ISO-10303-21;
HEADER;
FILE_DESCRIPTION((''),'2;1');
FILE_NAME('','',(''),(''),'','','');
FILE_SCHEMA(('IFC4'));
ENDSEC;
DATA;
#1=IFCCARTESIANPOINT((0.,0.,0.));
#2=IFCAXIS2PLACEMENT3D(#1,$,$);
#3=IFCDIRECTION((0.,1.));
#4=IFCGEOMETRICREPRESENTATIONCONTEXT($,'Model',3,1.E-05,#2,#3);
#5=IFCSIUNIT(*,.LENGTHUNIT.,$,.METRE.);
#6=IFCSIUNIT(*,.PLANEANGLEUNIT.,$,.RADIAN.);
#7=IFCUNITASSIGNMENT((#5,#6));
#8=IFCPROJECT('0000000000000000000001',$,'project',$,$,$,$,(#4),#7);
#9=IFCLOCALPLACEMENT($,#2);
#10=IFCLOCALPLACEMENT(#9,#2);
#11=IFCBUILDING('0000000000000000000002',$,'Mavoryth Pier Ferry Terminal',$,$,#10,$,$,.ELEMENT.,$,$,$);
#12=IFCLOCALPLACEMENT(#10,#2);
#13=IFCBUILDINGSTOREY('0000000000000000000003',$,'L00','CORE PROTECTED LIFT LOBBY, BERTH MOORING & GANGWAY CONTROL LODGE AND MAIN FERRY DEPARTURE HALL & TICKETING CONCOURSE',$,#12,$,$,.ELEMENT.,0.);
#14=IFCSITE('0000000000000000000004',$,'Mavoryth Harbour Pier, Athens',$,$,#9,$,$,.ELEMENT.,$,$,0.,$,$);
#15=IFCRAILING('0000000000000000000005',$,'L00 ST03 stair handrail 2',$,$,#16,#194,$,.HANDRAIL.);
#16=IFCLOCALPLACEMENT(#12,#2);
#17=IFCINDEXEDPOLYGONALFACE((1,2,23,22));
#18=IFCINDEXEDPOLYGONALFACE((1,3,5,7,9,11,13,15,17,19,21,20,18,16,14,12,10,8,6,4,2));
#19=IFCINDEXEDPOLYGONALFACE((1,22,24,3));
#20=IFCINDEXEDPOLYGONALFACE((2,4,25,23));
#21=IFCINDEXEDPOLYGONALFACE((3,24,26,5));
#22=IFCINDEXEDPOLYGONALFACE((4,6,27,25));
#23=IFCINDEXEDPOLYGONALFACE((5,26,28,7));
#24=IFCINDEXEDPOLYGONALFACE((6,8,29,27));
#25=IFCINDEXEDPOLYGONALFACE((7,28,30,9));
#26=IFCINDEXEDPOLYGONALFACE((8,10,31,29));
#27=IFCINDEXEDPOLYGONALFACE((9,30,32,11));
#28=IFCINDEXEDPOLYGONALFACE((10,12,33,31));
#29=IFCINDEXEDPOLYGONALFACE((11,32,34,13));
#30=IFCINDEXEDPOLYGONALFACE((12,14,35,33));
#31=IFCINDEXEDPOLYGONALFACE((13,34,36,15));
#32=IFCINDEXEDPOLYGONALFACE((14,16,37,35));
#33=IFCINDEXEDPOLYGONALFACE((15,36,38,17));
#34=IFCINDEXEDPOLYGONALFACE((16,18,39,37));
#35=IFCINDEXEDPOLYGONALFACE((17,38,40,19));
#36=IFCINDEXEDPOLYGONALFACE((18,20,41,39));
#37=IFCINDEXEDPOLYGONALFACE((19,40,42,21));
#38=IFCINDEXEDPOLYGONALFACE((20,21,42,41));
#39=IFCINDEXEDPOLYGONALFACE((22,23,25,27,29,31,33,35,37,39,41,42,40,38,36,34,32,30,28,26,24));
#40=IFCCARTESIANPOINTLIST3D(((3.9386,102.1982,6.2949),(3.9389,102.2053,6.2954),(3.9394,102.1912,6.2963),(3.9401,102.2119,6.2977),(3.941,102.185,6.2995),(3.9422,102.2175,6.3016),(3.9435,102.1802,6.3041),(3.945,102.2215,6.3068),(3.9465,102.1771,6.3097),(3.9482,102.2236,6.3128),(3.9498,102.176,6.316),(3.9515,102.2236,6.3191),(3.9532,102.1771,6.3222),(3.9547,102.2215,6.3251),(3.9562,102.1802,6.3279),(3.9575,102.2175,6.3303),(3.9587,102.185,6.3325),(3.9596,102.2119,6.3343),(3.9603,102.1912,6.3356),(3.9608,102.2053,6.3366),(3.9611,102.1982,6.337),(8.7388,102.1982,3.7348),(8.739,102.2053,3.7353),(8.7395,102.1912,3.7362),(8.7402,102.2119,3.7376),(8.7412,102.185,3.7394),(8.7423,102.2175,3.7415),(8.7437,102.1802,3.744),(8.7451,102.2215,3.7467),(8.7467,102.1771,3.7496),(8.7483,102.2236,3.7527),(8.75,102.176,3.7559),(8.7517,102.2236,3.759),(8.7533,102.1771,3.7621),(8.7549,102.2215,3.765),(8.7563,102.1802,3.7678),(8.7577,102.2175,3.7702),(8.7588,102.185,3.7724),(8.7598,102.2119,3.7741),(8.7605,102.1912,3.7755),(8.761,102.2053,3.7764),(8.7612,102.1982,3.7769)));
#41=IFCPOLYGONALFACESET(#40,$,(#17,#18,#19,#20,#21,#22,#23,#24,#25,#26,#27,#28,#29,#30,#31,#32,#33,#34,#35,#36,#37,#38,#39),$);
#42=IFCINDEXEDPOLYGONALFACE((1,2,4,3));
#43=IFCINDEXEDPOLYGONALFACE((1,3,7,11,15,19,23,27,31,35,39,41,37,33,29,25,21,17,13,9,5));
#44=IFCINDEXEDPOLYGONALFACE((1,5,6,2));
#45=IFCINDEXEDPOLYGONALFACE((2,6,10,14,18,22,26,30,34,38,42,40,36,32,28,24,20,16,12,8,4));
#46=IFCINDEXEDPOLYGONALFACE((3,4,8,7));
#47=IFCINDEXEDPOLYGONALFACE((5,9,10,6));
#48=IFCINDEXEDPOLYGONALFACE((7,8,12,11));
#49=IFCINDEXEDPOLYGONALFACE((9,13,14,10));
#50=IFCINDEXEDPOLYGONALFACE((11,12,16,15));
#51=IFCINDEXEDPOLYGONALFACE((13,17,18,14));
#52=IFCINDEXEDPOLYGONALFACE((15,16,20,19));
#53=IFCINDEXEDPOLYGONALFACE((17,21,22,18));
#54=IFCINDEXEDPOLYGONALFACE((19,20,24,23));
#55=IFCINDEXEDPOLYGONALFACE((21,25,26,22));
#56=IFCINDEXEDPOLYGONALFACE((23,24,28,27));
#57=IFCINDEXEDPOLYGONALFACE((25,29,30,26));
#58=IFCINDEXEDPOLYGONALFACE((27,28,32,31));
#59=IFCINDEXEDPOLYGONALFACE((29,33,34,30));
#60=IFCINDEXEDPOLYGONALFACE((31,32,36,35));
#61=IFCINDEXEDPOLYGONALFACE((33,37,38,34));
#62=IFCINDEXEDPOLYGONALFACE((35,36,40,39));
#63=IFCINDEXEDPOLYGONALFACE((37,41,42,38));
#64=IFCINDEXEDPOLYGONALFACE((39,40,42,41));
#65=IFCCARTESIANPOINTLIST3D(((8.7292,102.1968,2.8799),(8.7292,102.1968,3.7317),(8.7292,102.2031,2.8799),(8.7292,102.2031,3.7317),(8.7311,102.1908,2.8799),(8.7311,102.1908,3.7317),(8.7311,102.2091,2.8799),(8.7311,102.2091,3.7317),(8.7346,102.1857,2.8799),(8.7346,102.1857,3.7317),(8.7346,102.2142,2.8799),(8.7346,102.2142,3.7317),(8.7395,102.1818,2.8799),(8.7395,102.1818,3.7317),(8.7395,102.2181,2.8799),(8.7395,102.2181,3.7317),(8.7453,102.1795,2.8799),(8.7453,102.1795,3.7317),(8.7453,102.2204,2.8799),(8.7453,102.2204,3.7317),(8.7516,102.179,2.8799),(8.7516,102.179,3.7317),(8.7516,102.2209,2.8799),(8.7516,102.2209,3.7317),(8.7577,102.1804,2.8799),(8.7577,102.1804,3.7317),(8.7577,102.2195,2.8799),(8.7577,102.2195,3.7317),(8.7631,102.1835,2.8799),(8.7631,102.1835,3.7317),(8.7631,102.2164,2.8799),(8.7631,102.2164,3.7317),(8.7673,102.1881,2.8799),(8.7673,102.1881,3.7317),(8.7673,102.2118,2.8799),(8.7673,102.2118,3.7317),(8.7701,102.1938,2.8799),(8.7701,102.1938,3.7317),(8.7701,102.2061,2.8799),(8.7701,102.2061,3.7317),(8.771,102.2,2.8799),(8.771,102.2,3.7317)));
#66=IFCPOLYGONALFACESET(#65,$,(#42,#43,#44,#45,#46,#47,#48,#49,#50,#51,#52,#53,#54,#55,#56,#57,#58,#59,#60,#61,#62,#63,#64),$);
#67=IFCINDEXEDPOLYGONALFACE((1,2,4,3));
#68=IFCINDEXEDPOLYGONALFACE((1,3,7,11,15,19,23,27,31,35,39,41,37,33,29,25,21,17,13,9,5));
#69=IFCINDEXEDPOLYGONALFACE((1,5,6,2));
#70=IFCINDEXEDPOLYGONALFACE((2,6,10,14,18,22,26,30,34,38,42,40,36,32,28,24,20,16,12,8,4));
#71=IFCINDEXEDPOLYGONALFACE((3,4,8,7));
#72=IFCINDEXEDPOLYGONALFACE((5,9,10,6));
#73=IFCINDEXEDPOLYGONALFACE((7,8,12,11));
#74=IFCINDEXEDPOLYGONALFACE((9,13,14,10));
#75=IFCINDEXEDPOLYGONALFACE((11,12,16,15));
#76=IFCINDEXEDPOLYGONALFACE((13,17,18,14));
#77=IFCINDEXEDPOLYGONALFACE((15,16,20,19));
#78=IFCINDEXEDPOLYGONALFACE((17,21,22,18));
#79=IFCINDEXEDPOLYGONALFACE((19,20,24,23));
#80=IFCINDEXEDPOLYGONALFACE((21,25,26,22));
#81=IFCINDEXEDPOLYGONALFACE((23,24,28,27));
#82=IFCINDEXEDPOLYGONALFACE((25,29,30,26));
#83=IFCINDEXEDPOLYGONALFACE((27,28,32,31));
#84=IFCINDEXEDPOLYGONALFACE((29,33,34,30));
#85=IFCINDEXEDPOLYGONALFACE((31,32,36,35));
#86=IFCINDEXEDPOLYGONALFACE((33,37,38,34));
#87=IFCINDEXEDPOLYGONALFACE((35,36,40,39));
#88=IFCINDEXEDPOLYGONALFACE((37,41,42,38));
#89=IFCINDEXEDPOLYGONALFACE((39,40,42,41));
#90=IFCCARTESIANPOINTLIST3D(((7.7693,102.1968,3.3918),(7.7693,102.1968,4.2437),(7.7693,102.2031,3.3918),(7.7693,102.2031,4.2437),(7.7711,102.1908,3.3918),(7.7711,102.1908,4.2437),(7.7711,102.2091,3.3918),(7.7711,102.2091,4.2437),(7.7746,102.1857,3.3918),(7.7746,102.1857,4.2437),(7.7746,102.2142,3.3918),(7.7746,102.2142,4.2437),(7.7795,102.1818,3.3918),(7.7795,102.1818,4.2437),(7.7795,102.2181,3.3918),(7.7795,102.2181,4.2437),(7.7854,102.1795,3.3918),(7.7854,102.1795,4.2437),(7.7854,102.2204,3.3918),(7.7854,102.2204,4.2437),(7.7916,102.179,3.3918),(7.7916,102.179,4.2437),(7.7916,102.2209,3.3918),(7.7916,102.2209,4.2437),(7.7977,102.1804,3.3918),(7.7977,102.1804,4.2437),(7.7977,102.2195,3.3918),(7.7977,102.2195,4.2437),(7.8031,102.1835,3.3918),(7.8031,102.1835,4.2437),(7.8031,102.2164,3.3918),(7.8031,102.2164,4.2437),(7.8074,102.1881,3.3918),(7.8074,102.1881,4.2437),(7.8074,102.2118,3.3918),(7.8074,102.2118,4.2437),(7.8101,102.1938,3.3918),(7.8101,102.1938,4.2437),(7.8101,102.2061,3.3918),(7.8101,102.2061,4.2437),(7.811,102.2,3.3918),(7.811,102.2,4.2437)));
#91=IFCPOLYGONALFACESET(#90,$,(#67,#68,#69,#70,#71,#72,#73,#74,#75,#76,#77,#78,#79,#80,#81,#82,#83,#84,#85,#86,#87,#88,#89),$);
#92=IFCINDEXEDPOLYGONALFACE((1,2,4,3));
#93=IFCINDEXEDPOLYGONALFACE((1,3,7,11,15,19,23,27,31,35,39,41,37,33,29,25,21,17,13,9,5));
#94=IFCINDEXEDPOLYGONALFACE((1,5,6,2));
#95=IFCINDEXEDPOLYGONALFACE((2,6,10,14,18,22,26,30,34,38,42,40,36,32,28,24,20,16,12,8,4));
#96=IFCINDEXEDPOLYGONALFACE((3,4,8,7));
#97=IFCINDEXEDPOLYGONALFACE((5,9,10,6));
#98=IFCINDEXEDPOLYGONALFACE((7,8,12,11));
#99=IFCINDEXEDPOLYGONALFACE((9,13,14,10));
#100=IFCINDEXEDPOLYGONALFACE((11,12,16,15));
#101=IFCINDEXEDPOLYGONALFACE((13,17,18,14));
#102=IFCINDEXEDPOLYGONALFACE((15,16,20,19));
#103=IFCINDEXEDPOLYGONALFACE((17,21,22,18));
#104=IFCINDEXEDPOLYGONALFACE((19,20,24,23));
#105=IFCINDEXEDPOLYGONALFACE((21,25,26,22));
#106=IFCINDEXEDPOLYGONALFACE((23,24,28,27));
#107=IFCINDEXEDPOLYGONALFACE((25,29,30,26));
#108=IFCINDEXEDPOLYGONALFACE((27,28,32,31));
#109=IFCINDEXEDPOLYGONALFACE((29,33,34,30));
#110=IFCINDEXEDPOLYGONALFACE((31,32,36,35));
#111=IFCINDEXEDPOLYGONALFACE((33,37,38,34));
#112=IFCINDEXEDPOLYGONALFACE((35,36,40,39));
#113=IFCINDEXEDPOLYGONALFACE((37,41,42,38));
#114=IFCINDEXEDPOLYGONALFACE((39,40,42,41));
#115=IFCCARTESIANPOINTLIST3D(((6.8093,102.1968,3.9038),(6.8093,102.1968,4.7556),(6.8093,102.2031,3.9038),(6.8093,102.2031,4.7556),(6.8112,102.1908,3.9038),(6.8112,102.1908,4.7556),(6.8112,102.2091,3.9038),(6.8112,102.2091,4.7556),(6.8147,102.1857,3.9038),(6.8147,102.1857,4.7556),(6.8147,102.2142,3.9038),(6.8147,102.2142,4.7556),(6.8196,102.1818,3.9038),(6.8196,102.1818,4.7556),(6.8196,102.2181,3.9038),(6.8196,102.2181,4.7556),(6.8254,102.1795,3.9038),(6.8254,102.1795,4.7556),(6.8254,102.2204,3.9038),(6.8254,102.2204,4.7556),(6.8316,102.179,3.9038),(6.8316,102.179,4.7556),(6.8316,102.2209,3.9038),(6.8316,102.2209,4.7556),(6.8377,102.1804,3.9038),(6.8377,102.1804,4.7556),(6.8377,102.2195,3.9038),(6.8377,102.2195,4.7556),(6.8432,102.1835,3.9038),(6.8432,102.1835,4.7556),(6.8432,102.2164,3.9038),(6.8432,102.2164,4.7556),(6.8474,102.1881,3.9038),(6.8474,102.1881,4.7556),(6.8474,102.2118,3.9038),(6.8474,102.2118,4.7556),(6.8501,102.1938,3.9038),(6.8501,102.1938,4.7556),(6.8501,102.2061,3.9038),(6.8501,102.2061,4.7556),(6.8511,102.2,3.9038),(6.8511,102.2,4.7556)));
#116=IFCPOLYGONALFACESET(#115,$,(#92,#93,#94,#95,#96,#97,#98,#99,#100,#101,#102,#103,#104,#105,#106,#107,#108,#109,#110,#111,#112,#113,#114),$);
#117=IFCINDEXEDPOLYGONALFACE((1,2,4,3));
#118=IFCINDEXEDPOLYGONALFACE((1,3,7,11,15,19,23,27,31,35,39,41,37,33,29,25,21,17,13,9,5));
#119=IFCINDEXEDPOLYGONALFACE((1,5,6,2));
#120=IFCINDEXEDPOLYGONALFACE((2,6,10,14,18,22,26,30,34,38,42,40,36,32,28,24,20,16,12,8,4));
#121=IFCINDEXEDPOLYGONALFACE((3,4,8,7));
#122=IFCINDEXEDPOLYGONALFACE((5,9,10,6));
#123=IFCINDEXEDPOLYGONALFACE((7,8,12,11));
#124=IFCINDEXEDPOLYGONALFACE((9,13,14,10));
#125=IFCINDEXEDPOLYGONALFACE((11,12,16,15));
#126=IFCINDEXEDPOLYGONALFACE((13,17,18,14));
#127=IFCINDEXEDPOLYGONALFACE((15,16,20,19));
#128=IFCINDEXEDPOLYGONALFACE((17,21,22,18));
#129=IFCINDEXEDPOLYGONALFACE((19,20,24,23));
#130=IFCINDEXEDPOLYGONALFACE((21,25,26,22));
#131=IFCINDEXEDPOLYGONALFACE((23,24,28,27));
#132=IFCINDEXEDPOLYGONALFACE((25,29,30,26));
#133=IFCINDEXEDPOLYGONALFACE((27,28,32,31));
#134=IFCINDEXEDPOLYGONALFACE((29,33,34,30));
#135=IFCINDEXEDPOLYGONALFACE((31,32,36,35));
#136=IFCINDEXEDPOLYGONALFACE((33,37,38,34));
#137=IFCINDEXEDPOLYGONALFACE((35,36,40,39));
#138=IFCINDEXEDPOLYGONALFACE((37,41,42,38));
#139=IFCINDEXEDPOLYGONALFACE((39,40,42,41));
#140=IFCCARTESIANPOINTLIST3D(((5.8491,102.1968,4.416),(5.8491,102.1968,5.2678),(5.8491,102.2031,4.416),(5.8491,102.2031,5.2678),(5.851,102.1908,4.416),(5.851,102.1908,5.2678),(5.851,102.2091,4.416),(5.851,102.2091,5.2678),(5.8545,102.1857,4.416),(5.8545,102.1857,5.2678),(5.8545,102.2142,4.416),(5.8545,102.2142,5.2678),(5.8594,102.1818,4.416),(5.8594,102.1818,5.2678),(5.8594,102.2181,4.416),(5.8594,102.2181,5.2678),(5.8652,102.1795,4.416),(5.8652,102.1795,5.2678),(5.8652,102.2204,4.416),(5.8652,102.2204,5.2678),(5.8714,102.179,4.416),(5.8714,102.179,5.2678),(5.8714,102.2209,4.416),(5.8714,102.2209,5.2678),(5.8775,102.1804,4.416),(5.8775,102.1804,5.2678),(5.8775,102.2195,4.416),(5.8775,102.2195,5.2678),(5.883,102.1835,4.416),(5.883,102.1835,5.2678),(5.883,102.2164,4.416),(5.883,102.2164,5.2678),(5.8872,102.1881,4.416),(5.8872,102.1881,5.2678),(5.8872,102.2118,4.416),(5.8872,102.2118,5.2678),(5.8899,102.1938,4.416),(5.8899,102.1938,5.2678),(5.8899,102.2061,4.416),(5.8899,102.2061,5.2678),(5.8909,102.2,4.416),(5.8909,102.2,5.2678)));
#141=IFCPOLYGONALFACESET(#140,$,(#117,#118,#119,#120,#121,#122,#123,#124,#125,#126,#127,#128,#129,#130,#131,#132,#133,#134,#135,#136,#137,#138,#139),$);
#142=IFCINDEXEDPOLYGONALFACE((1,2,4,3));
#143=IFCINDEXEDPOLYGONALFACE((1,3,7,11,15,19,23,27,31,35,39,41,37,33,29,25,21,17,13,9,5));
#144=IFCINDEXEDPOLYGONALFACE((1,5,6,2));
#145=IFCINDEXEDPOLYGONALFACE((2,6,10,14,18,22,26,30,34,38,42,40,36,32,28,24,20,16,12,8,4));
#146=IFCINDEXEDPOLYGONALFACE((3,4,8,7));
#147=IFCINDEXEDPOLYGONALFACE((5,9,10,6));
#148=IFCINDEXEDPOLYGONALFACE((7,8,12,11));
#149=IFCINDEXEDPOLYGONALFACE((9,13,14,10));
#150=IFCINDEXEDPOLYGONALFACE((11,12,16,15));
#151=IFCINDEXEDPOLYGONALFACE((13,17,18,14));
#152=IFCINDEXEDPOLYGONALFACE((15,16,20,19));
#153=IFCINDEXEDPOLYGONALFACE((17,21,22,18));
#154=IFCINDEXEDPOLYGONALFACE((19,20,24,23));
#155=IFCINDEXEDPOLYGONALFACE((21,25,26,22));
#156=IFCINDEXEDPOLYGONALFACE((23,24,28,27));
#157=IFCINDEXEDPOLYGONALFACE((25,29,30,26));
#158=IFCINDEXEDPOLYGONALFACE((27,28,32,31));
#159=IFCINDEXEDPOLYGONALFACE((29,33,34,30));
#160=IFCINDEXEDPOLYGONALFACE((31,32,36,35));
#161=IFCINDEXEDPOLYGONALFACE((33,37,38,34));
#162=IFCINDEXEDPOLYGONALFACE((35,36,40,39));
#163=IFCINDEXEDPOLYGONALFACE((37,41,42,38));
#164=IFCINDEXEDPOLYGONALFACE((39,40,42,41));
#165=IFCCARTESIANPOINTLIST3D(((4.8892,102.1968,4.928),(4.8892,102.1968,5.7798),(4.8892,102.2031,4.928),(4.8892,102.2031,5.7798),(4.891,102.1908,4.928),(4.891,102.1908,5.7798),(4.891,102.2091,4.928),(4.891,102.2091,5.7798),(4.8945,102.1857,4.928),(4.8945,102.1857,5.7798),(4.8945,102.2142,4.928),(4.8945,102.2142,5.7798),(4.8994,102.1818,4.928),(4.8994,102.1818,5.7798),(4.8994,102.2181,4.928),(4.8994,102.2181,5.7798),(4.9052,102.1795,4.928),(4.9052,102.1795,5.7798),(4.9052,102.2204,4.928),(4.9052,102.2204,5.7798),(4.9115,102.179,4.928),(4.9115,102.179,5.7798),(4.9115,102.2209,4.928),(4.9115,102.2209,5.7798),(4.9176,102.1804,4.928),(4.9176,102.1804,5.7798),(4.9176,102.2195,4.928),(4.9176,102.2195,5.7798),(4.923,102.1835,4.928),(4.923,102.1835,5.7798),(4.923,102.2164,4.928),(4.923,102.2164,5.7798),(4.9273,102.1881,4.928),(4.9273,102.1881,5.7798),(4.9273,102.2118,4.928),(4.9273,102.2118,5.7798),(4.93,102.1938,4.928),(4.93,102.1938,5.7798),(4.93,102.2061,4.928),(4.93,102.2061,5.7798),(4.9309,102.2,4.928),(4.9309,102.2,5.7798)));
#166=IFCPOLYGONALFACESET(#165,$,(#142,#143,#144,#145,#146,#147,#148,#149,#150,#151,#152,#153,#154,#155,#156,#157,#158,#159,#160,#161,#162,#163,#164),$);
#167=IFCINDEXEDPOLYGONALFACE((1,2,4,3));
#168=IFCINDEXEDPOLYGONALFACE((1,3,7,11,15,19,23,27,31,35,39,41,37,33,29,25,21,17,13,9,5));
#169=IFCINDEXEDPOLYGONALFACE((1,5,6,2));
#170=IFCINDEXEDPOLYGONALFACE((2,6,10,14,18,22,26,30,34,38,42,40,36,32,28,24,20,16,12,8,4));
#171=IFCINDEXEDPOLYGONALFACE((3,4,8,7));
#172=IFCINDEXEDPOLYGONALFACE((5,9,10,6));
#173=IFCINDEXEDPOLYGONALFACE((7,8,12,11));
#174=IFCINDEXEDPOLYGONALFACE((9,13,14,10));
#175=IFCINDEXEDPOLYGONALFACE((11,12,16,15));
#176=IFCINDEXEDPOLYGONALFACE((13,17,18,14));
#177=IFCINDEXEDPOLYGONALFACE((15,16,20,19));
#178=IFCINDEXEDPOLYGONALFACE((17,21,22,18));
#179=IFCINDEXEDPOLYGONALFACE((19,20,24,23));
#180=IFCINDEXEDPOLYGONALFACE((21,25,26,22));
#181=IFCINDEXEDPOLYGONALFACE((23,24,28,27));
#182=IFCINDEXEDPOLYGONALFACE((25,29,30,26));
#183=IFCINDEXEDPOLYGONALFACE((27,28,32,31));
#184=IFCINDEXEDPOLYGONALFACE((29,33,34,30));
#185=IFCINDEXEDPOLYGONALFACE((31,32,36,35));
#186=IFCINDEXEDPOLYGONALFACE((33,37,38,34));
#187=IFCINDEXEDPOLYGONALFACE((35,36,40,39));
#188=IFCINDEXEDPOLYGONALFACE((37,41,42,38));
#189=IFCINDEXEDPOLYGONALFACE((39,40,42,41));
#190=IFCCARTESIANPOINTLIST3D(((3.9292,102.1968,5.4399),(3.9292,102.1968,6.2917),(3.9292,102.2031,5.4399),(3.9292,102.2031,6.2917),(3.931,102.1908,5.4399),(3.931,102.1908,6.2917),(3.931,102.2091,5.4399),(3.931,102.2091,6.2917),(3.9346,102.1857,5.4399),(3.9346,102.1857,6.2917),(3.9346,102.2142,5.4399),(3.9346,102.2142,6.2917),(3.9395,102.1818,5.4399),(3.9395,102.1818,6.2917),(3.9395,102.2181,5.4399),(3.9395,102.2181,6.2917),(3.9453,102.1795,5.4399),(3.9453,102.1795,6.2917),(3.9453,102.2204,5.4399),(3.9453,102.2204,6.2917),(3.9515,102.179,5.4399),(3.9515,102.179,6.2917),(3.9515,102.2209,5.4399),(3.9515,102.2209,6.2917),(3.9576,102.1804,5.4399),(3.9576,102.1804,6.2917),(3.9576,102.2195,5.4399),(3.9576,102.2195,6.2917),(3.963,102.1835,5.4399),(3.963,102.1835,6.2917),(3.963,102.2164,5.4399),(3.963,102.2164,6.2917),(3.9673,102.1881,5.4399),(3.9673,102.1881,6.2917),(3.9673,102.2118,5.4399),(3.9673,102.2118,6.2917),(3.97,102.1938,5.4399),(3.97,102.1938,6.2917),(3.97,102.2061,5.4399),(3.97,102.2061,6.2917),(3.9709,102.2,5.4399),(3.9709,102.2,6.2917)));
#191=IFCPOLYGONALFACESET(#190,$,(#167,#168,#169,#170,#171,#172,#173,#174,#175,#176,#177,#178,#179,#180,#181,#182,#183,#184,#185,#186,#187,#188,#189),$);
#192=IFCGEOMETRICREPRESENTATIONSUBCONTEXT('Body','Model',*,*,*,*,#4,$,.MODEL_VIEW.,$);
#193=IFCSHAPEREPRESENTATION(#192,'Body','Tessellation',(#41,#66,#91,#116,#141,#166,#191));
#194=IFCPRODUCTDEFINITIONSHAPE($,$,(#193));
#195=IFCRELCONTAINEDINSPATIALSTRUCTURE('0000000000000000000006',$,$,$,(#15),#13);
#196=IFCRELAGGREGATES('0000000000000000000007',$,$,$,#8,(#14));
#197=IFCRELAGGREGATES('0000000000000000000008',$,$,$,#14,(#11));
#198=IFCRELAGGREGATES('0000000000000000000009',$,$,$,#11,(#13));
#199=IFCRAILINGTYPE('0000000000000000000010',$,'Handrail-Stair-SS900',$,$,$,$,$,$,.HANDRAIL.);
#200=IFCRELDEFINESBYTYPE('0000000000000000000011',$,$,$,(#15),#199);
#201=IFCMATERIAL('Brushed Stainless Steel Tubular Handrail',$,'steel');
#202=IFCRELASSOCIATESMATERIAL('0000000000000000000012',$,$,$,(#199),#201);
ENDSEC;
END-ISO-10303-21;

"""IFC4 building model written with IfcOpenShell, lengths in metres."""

from ifc_helpers import new_model, si_unit, direction, frame, origin, origin_2d, place, context, subcontext, project, spatial, circle, extrude, material, type_object, element, save


model = new_model("IFC4")

# Units and contexts
model_context = context("Model", 3, precision=1e-05, world=origin(), true_north=direction((0.0, 1.0)))
body_context = subcontext(model_context, "Body", "Model", "MODEL_VIEW")
ifc_project = project(units=[si_unit("LENGTHUNIT", "METRE"), si_unit("PLANEANGLEUNIT", "RADIAN")], contexts=[model_context])

# Site, building, storey
site_placement = place(None, origin())
site = spatial("IfcSite", under=ifc_project, at=site_placement, Name="Mavoryth Harbour Pier, Athens", CompositionType="ELEMENT", RefElevation=0.0)
building_placement = place(site_placement, origin())
building = spatial("IfcBuilding", under=site, at=building_placement, Name="Mavoryth Pier Ferry Terminal", CompositionType="ELEMENT")
storey_placement = place(building_placement, origin())
storey = spatial("IfcBuildingStorey", under=building, at=storey_placement, Name="L00", Description="CORE PROTECTED LIFT LOBBY, BERTH MOORING & GANGWAY CONTROL LODGE AND MAIN FERRY DEPARTURE HALL & TICKETING CONCOURSE", CompositionType="ELEMENT", Elevation=0.0)

# Railing
ifc_material_1 = material(Name="Brushed Stainless Steel Tubular Handrail", Category="steel")
railing_type_1 = type_object("IfcRailingType", Name="Handrail-Stair-SS900", PredefinedType="HANDRAIL", material=ifc_material_1)
railing_1_placement = place(storey_placement, frame((8.75, 102.2, 2.8799)))
element("IfcRailing", 1, at=railing_1_placement, inside=storey, type_object=railing_type_1, Name="L00 ST03 stair handrail 2", PredefinedType="HANDRAIL", context=body_context, shape_type="SweptSolid", body=[
    extrude(circle(Radius=0.0239, at=origin_2d()), frame((0.0, 0.0, 0.876), z_axis=(-0.88235, 0.0, 0.470593), x_axis=(0.0, -1.0, 0.0)), (0.0, 0.0, 1.0), 5.4402),
    extrude(circle(Radius=0.021, at=origin_2d()), origin(), (0.0, 0.0, 1.0), 0.8518),
    extrude(circle(Radius=0.021, at=origin_2d()), frame((-0.96, 0.0, 0.512)), (0.0, 0.0, 1.0), 0.8518),
    extrude(circle(Radius=0.021, at=origin_2d()), frame((-1.9199, 0.0, 1.0239)), (0.0, 0.0, 1.0), 0.8518),
    extrude(circle(Radius=0.021, at=origin_2d()), frame((-2.8801, 0.0, 1.5361)), (0.0, 0.0, 1.0), 0.8518),
    extrude(circle(Radius=0.021, at=origin_2d()), frame((-3.8401, 0.0, 2.0481)), (0.0, 0.0, 1.0), 0.8518),
    extrude(circle(Radius=0.021, at=origin_2d()), frame((-4.8, 0.0, 2.5601)), (0.0, 0.0, 1.0), 0.8518),
])

save(model, "model.ifc")
